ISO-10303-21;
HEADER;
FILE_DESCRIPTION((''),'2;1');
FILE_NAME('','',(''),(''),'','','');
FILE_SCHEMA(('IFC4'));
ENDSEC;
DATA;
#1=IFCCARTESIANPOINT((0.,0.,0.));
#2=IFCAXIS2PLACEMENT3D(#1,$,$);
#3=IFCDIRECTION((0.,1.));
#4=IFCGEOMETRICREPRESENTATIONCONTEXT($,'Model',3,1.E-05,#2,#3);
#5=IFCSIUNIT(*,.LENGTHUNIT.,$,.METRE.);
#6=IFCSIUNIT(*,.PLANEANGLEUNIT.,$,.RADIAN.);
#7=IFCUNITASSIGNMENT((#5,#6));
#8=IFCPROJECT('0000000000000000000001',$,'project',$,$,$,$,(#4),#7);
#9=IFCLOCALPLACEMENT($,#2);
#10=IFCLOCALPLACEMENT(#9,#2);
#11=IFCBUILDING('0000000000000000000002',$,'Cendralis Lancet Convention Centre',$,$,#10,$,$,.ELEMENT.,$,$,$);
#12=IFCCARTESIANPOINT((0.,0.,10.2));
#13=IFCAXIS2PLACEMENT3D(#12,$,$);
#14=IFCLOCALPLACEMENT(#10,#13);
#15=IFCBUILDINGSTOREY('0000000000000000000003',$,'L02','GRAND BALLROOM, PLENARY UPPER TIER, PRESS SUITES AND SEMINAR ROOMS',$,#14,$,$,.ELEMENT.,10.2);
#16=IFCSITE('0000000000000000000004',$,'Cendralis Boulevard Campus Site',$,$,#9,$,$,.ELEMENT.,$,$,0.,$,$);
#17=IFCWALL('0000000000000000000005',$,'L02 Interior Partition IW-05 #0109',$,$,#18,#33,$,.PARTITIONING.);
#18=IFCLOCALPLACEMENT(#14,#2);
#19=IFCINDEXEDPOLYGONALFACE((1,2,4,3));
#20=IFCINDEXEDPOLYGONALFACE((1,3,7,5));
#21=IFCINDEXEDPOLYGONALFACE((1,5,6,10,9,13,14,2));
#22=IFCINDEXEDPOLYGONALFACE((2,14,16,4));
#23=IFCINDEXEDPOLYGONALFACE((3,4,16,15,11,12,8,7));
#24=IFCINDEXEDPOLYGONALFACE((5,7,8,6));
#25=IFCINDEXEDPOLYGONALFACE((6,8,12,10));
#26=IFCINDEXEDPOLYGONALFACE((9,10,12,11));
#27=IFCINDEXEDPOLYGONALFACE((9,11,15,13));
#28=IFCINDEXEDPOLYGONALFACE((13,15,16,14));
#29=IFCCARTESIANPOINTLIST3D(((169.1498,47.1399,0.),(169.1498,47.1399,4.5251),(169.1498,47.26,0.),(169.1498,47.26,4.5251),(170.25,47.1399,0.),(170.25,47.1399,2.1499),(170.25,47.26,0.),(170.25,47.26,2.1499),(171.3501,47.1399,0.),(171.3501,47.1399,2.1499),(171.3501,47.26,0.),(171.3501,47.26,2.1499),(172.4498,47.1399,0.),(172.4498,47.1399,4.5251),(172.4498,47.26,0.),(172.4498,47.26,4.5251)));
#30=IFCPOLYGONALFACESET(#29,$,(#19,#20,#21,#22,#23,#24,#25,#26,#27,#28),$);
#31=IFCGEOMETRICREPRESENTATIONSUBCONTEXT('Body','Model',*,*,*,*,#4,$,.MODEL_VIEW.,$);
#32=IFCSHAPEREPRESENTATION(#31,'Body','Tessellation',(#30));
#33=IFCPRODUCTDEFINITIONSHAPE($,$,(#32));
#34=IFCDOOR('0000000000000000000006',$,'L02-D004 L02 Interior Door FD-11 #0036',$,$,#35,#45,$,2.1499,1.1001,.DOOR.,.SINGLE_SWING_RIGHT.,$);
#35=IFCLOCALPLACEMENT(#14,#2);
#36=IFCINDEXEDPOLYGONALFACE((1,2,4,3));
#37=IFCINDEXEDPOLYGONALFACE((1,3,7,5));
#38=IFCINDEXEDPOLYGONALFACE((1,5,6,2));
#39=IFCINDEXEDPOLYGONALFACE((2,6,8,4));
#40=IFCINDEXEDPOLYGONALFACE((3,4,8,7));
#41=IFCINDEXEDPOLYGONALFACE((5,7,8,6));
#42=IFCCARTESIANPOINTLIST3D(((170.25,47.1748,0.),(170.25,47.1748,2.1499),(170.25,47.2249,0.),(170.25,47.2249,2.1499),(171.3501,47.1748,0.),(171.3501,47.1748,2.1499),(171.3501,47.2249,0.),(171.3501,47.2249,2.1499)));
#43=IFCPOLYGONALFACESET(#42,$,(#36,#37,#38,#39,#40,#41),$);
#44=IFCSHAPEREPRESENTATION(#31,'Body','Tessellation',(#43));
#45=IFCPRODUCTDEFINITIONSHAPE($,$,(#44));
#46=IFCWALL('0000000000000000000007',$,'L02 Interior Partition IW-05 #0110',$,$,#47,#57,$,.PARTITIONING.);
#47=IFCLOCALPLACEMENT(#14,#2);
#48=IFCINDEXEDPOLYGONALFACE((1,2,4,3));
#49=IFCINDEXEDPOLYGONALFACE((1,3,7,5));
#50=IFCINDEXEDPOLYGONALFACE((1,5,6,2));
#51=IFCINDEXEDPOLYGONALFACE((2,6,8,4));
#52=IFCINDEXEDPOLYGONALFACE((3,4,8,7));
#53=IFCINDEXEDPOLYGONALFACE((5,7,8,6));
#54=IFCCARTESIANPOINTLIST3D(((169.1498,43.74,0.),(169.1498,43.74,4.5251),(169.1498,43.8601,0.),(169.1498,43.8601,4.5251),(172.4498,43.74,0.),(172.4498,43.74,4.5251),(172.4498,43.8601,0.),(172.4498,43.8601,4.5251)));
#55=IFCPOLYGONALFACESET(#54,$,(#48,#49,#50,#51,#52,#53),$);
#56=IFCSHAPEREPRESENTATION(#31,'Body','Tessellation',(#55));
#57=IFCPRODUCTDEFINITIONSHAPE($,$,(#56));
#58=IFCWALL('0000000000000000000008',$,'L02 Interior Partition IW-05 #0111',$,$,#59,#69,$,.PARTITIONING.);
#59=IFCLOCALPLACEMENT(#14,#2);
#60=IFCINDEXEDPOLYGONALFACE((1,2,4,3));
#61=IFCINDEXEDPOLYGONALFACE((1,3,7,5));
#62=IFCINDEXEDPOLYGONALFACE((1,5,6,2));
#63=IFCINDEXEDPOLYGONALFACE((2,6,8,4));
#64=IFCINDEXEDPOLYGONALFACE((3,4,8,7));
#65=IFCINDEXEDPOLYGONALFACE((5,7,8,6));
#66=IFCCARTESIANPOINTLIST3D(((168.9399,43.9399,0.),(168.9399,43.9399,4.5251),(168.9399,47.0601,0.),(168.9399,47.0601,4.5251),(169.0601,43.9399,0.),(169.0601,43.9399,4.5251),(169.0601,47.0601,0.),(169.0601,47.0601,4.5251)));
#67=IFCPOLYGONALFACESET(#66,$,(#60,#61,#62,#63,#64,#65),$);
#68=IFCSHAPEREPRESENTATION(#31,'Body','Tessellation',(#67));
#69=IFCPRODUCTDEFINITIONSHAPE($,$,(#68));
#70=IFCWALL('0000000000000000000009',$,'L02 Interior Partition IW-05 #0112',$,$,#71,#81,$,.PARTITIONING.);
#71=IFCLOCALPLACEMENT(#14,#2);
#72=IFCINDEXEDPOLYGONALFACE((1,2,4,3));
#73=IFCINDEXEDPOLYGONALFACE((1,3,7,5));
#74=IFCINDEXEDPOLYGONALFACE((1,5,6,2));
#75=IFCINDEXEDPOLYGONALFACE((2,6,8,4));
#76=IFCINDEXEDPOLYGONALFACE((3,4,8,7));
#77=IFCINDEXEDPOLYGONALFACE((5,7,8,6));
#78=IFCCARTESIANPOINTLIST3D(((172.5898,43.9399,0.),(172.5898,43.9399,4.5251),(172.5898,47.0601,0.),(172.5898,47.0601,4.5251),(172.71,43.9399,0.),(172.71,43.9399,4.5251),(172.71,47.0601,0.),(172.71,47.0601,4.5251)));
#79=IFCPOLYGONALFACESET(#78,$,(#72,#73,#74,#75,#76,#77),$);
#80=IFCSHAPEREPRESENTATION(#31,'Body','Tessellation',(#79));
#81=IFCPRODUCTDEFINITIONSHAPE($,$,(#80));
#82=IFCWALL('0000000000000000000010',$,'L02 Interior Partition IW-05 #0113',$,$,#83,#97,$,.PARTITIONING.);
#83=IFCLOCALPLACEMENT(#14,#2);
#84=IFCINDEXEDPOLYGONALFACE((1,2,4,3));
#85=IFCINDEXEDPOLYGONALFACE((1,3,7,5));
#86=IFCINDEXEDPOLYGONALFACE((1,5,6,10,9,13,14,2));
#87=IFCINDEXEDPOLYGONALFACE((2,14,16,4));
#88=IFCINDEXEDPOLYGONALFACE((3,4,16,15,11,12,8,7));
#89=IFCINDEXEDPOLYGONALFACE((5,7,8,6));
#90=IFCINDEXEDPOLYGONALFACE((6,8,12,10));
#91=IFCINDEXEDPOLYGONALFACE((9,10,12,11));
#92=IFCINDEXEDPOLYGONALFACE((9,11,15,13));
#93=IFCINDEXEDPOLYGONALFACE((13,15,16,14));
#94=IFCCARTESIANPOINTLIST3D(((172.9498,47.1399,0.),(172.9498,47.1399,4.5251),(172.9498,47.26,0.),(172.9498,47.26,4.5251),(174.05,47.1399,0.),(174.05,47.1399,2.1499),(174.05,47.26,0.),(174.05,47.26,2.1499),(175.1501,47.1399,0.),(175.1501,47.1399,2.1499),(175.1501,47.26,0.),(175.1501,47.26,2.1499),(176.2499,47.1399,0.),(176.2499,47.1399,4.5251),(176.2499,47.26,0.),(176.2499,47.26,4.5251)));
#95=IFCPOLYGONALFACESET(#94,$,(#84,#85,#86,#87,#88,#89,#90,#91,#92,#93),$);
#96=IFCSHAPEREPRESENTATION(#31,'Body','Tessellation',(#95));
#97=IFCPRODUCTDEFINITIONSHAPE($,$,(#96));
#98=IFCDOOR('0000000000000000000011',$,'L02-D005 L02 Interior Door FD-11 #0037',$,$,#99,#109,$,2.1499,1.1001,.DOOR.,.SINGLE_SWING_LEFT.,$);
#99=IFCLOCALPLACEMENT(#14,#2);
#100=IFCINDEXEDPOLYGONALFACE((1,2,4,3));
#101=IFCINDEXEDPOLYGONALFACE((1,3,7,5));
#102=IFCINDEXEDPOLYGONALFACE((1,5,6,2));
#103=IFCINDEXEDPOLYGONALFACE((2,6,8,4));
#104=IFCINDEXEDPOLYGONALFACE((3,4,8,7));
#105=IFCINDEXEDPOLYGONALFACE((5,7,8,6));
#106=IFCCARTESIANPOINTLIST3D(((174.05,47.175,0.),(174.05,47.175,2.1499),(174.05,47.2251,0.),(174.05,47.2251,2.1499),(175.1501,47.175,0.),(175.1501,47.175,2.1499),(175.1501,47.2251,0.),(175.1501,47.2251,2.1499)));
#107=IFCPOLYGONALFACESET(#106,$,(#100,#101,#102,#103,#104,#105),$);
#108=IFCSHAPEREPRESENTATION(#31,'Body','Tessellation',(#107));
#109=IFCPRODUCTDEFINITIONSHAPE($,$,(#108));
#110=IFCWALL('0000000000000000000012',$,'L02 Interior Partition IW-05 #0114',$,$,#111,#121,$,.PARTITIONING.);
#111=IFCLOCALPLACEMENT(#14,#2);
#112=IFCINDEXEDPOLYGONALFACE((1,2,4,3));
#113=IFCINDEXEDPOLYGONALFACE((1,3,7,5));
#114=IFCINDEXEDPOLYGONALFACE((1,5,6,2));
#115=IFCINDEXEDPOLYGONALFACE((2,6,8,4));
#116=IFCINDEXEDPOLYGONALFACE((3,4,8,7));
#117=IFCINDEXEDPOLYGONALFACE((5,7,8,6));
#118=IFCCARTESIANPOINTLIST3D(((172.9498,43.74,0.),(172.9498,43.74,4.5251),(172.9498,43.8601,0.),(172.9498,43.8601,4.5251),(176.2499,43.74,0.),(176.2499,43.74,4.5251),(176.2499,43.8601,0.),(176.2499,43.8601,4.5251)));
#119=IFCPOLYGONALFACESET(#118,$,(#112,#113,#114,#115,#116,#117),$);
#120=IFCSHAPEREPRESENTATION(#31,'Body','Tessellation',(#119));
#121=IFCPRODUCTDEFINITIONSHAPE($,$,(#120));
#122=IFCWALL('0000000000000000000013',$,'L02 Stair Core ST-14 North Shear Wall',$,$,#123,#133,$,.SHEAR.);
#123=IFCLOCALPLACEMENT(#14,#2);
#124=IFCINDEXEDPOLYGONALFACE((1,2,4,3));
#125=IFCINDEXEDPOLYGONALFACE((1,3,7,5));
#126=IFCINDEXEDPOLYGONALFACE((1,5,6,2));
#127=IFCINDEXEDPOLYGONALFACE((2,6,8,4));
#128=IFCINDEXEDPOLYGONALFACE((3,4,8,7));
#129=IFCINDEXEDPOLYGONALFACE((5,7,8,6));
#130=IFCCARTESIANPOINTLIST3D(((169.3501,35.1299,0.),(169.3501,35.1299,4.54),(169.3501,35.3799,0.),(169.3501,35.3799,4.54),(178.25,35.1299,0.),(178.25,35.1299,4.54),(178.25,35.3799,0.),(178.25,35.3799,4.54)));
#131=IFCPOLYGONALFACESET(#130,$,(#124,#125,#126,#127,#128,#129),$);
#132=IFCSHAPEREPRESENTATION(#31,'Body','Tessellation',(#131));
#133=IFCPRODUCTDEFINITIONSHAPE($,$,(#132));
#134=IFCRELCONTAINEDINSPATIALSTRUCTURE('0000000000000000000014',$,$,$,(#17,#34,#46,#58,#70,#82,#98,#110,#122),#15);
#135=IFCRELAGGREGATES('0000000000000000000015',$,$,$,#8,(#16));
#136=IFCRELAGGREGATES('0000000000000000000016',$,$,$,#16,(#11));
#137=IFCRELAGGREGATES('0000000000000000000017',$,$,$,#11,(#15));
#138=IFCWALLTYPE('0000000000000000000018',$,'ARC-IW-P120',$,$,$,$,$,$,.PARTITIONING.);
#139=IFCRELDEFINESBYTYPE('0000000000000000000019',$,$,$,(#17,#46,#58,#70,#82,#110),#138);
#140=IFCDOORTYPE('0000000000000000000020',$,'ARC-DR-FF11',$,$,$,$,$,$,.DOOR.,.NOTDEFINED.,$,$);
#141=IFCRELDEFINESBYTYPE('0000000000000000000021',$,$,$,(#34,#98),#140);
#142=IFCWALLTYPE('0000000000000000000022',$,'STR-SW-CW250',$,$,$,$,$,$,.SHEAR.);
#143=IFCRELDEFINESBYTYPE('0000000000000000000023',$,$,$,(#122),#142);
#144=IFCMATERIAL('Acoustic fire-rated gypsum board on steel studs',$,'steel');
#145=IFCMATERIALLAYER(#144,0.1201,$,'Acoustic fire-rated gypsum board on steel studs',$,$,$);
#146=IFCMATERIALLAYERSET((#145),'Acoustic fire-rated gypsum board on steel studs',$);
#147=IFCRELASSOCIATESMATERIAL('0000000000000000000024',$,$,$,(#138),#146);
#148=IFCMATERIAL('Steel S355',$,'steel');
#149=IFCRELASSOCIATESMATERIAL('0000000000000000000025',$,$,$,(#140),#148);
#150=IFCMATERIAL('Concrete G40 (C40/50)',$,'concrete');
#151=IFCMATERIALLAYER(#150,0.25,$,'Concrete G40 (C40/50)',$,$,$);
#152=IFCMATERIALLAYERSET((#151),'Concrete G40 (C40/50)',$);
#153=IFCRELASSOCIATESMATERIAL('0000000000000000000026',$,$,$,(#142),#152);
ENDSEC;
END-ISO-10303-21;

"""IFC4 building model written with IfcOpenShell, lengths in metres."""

from ifc_helpers import new_model, si_unit, direction, frame, frame_2d, origin, place, context, subcontext, project, spatial, rectangle, extrude, material, layer, layer_set, type_object, element, fill, save


model = new_model("IFC4")

# Units and contexts
model_context = context("Model", 3, precision=1e-05, world=origin(), true_north=direction((0.0, 1.0)))
body_context = subcontext(model_context, "Body", "Model", "MODEL_VIEW")
ifc_project = project(units=[si_unit("LENGTHUNIT", "METRE"), si_unit("PLANEANGLEUNIT", "RADIAN")], contexts=[model_context])

# Site, building, storey
site_placement = place(None, origin())
site = spatial("IfcSite", under=ifc_project, at=site_placement, Name="Cendralis Boulevard Campus Site", CompositionType="ELEMENT", RefElevation=0.0)
building_placement = place(site_placement, origin())
building = spatial("IfcBuilding", under=site, at=building_placement, Name="Cendralis Lancet Convention Centre", CompositionType="ELEMENT")
storey_placement = place(building_placement, frame((0.0, 0.0, 10.2)))
storey = spatial("IfcBuildingStorey", under=building, at=storey_placement, Name="L02", Description="GRAND BALLROOM, PLENARY UPPER TIER, PRESS SUITES AND SEMINAR ROOMS", CompositionType="ELEMENT", Elevation=10.2)

# Shared definitions
ifc_material_1 = material(Name="Concrete G40 (C40/50)", Category="concrete")

# Wall, opening, door
ifc_material_2 = material(Name="Acoustic fire-rated gypsum board on steel studs", Category="steel")
ifc_layer_1 = layer(ifc_material_2, 0.1201, Name="Acoustic fire-rated gypsum board on steel studs")
ifc_layer_set_1 = layer_set([ifc_layer_1], Name="Acoustic fire-rated gypsum board on steel studs")
wall_type_1 = type_object("IfcWallType", Name="ARC-IW-P120", PredefinedType="PARTITIONING", material=ifc_layer_set_1)
wall_1_placement = place(storey_placement, frame((169.1499, 47.2, 0.0), z_axis=(0.0, 0.0, 1.0), x_axis=(1.0, 0.0, 0.0)))
wall_1 = element("IfcWall", 1, at=wall_1_placement, inside=storey, type_object=wall_type_1, Name="L02 Interior Partition IW-05 #0109", PredefinedType="PARTITIONING", context=body_context, shape_type="SweptSolid", body=[
    extrude(rectangle(XDim=3.3, YDim=0.1201, at=frame_2d((1.6499, 0.0))), origin(), (0.0, 0.0, 1.0), 4.5251),
])
opening_1_placement = place(wall_1_placement, frame((1.1001, 0.0, 0.0)))
opening_1 = element("IfcOpeningElement", 2, at=opening_1_placement, cuts=wall_1, PredefinedType="OPENING", context=body_context, shape_type="SweptSolid", body=[
    extrude(rectangle(XDim=1.1001, YDim=2.1499, at=frame_2d((0.55, 1.075))), frame((0.0, 0.0701, 0.0), z_axis=(0.0, -1.0, 0.0), x_axis=(1.0, 0.0, 0.0)), (0.0, 0.0, 1.0), 0.1401),
])
ifc_material_3 = material(Name="Steel S355", Category="steel")
door_type = type_object("IfcDoorType", Name="ARC-DR-FF11", OperationType="NOTDEFINED", PredefinedType="DOOR", material=ifc_material_3)
door_1_placement = place(opening_1_placement, origin())
door_1 = element("IfcDoor", 3, at=door_1_placement, inside=storey, type_object=door_type, Name="L02-D004 L02 Interior Door FD-11 #0036", OperationType="SINGLE_SWING_RIGHT", OverallHeight=2.1499, OverallWidth=1.1001, PredefinedType="DOOR", context=body_context, shape_type="SweptSolid", body=[
    extrude(rectangle(XDim=1.1001, YDim=2.1499, at=frame_2d((0.55, 1.075))), frame((0.0, 0.0249, 0.0), z_axis=(0.0, -1.0, 0.0), x_axis=(1.0, 0.0, 0.0)), (0.0, 0.0, 1.0), 0.05),
])
fill(opening_1, door_1)

# Walls
wall_2_placement = place(storey_placement, frame((169.1499, 43.8, 0.0), z_axis=(0.0, 0.0, 1.0), x_axis=(1.0, 0.0, 0.0)))
element("IfcWall", 4, at=wall_2_placement, inside=storey, type_object=wall_type_1, Name="L02 Interior Partition IW-05 #0110", PredefinedType="PARTITIONING", context=body_context, shape_type="SweptSolid", body=[
    extrude(rectangle(XDim=3.3, YDim=0.1201, at=frame_2d((1.6499, 0.0))), origin(), (0.0, 0.0, 1.0), 4.5251),
])
for number, where, z_axis, x_axis, name in (
    (5, (169.0, 43.9399, 0.0), (0.0, 0.0, 1.0), (0.0, 1.0, 0.0), "L02 Interior Partition IW-05 #0111"),
    (6, (172.6499, 43.9399, 0.0), (0.0, 0.0, 1.0), (0.0, 1.0, 0.0), "L02 Interior Partition IW-05 #0112"),
):
    element("IfcWall", number, at=place(storey_placement, frame(where, z_axis=z_axis, x_axis=x_axis)), inside=storey, type_object=wall_type_1, Name=name, PredefinedType="PARTITIONING", context=body_context, shape_type="SweptSolid", body=[
        extrude(rectangle(XDim=3.1201, YDim=0.1201, at=frame_2d((1.5601, 0.0))), origin(), (0.0, 0.0, 1.0), 4.5251),
    ])

# Wall, opening, door
wall_3_placement = place(storey_placement, frame((172.95, 47.2, 0.0), z_axis=(0.0, 0.0, 1.0), x_axis=(1.0, 0.0, 0.0)))
wall_3 = element("IfcWall", 7, at=wall_3_placement, inside=storey, type_object=wall_type_1, Name="L02 Interior Partition IW-05 #0113", PredefinedType="PARTITIONING", context=body_context, shape_type="SweptSolid", body=[
    extrude(rectangle(XDim=3.3, YDim=0.1201, at=frame_2d((1.6499, 0.0))), origin(), (0.0, 0.0, 1.0), 4.5251),
])
opening_2_placement = place(wall_3_placement, frame((1.1001, 0.0, 0.0)))
opening_2 = element("IfcOpeningElement", 8, at=opening_2_placement, cuts=wall_3, PredefinedType="OPENING", context=body_context, shape_type="SweptSolid", body=[
    extrude(rectangle(XDim=1.1001, YDim=2.1499, at=frame_2d((0.55, 1.075))), frame((0.0, 0.0701, 0.0), z_axis=(0.0, -1.0, 0.0), x_axis=(1.0, 0.0, 0.0)), (0.0, 0.0, 1.0), 0.1401),
])
door_2_placement = place(opening_2_placement, frame((1.1001, 0.0, 0.0), z_axis=(0.0, 0.0, 1.0), x_axis=(-1.0, 0.0, 0.0)))
door_2 = element("IfcDoor", 9, at=door_2_placement, inside=storey, type_object=door_type, Name="L02-D005 L02 Interior Door FD-11 #0037", OperationType="SINGLE_SWING_LEFT", OverallHeight=2.1499, OverallWidth=1.1001, PredefinedType="DOOR", context=body_context, shape_type="SweptSolid", body=[
    extrude(rectangle(XDim=1.1001, YDim=2.1499, at=frame_2d((0.55, 1.075))), frame((0.0, 0.0249, 0.0), z_axis=(0.0, -1.0, 0.0), x_axis=(1.0, 0.0, 0.0)), (0.0, 0.0, 1.0), 0.05),
])
fill(opening_2, door_2)

# Walls
wall_4_placement = place(storey_placement, frame((172.95, 43.8, 0.0), z_axis=(0.0, 0.0, 1.0), x_axis=(1.0, 0.0, 0.0)))
element("IfcWall", 10, at=wall_4_placement, inside=storey, type_object=wall_type_1, Name="L02 Interior Partition IW-05 #0114", PredefinedType="PARTITIONING", context=body_context, shape_type="SweptSolid", body=[
    extrude(rectangle(XDim=3.3, YDim=0.1201, at=frame_2d((1.6499, 0.0))), origin(), (0.0, 0.0, 1.0), 4.5251),
])
ifc_layer_2 = layer(ifc_material_1, 0.25, Name="Concrete G40 (C40/50)")
ifc_layer_set_2 = layer_set([ifc_layer_2], Name="Concrete G40 (C40/50)")
wall_type_2 = type_object("IfcWallType", Name="STR-SW-CW250", PredefinedType="SHEAR", material=ifc_layer_set_2)
wall_5_placement = place(storey_placement, frame((169.3501, 35.2549, 0.0), z_axis=(0.0, 0.0, 1.0), x_axis=(1.0, 0.0, 0.0)))
element("IfcWall", 11, at=wall_5_placement, inside=storey, type_object=wall_type_2, Name="L02 Stair Core ST-14 North Shear Wall", PredefinedType="SHEAR", context=body_context, shape_type="SweptSolid", body=[
    extrude(rectangle(XDim=8.8999, YDim=0.25, at=frame_2d((4.45, 0.0))), origin(), (0.0, 0.0, 1.0), 4.54),
])

save(model, "model.ifc")
